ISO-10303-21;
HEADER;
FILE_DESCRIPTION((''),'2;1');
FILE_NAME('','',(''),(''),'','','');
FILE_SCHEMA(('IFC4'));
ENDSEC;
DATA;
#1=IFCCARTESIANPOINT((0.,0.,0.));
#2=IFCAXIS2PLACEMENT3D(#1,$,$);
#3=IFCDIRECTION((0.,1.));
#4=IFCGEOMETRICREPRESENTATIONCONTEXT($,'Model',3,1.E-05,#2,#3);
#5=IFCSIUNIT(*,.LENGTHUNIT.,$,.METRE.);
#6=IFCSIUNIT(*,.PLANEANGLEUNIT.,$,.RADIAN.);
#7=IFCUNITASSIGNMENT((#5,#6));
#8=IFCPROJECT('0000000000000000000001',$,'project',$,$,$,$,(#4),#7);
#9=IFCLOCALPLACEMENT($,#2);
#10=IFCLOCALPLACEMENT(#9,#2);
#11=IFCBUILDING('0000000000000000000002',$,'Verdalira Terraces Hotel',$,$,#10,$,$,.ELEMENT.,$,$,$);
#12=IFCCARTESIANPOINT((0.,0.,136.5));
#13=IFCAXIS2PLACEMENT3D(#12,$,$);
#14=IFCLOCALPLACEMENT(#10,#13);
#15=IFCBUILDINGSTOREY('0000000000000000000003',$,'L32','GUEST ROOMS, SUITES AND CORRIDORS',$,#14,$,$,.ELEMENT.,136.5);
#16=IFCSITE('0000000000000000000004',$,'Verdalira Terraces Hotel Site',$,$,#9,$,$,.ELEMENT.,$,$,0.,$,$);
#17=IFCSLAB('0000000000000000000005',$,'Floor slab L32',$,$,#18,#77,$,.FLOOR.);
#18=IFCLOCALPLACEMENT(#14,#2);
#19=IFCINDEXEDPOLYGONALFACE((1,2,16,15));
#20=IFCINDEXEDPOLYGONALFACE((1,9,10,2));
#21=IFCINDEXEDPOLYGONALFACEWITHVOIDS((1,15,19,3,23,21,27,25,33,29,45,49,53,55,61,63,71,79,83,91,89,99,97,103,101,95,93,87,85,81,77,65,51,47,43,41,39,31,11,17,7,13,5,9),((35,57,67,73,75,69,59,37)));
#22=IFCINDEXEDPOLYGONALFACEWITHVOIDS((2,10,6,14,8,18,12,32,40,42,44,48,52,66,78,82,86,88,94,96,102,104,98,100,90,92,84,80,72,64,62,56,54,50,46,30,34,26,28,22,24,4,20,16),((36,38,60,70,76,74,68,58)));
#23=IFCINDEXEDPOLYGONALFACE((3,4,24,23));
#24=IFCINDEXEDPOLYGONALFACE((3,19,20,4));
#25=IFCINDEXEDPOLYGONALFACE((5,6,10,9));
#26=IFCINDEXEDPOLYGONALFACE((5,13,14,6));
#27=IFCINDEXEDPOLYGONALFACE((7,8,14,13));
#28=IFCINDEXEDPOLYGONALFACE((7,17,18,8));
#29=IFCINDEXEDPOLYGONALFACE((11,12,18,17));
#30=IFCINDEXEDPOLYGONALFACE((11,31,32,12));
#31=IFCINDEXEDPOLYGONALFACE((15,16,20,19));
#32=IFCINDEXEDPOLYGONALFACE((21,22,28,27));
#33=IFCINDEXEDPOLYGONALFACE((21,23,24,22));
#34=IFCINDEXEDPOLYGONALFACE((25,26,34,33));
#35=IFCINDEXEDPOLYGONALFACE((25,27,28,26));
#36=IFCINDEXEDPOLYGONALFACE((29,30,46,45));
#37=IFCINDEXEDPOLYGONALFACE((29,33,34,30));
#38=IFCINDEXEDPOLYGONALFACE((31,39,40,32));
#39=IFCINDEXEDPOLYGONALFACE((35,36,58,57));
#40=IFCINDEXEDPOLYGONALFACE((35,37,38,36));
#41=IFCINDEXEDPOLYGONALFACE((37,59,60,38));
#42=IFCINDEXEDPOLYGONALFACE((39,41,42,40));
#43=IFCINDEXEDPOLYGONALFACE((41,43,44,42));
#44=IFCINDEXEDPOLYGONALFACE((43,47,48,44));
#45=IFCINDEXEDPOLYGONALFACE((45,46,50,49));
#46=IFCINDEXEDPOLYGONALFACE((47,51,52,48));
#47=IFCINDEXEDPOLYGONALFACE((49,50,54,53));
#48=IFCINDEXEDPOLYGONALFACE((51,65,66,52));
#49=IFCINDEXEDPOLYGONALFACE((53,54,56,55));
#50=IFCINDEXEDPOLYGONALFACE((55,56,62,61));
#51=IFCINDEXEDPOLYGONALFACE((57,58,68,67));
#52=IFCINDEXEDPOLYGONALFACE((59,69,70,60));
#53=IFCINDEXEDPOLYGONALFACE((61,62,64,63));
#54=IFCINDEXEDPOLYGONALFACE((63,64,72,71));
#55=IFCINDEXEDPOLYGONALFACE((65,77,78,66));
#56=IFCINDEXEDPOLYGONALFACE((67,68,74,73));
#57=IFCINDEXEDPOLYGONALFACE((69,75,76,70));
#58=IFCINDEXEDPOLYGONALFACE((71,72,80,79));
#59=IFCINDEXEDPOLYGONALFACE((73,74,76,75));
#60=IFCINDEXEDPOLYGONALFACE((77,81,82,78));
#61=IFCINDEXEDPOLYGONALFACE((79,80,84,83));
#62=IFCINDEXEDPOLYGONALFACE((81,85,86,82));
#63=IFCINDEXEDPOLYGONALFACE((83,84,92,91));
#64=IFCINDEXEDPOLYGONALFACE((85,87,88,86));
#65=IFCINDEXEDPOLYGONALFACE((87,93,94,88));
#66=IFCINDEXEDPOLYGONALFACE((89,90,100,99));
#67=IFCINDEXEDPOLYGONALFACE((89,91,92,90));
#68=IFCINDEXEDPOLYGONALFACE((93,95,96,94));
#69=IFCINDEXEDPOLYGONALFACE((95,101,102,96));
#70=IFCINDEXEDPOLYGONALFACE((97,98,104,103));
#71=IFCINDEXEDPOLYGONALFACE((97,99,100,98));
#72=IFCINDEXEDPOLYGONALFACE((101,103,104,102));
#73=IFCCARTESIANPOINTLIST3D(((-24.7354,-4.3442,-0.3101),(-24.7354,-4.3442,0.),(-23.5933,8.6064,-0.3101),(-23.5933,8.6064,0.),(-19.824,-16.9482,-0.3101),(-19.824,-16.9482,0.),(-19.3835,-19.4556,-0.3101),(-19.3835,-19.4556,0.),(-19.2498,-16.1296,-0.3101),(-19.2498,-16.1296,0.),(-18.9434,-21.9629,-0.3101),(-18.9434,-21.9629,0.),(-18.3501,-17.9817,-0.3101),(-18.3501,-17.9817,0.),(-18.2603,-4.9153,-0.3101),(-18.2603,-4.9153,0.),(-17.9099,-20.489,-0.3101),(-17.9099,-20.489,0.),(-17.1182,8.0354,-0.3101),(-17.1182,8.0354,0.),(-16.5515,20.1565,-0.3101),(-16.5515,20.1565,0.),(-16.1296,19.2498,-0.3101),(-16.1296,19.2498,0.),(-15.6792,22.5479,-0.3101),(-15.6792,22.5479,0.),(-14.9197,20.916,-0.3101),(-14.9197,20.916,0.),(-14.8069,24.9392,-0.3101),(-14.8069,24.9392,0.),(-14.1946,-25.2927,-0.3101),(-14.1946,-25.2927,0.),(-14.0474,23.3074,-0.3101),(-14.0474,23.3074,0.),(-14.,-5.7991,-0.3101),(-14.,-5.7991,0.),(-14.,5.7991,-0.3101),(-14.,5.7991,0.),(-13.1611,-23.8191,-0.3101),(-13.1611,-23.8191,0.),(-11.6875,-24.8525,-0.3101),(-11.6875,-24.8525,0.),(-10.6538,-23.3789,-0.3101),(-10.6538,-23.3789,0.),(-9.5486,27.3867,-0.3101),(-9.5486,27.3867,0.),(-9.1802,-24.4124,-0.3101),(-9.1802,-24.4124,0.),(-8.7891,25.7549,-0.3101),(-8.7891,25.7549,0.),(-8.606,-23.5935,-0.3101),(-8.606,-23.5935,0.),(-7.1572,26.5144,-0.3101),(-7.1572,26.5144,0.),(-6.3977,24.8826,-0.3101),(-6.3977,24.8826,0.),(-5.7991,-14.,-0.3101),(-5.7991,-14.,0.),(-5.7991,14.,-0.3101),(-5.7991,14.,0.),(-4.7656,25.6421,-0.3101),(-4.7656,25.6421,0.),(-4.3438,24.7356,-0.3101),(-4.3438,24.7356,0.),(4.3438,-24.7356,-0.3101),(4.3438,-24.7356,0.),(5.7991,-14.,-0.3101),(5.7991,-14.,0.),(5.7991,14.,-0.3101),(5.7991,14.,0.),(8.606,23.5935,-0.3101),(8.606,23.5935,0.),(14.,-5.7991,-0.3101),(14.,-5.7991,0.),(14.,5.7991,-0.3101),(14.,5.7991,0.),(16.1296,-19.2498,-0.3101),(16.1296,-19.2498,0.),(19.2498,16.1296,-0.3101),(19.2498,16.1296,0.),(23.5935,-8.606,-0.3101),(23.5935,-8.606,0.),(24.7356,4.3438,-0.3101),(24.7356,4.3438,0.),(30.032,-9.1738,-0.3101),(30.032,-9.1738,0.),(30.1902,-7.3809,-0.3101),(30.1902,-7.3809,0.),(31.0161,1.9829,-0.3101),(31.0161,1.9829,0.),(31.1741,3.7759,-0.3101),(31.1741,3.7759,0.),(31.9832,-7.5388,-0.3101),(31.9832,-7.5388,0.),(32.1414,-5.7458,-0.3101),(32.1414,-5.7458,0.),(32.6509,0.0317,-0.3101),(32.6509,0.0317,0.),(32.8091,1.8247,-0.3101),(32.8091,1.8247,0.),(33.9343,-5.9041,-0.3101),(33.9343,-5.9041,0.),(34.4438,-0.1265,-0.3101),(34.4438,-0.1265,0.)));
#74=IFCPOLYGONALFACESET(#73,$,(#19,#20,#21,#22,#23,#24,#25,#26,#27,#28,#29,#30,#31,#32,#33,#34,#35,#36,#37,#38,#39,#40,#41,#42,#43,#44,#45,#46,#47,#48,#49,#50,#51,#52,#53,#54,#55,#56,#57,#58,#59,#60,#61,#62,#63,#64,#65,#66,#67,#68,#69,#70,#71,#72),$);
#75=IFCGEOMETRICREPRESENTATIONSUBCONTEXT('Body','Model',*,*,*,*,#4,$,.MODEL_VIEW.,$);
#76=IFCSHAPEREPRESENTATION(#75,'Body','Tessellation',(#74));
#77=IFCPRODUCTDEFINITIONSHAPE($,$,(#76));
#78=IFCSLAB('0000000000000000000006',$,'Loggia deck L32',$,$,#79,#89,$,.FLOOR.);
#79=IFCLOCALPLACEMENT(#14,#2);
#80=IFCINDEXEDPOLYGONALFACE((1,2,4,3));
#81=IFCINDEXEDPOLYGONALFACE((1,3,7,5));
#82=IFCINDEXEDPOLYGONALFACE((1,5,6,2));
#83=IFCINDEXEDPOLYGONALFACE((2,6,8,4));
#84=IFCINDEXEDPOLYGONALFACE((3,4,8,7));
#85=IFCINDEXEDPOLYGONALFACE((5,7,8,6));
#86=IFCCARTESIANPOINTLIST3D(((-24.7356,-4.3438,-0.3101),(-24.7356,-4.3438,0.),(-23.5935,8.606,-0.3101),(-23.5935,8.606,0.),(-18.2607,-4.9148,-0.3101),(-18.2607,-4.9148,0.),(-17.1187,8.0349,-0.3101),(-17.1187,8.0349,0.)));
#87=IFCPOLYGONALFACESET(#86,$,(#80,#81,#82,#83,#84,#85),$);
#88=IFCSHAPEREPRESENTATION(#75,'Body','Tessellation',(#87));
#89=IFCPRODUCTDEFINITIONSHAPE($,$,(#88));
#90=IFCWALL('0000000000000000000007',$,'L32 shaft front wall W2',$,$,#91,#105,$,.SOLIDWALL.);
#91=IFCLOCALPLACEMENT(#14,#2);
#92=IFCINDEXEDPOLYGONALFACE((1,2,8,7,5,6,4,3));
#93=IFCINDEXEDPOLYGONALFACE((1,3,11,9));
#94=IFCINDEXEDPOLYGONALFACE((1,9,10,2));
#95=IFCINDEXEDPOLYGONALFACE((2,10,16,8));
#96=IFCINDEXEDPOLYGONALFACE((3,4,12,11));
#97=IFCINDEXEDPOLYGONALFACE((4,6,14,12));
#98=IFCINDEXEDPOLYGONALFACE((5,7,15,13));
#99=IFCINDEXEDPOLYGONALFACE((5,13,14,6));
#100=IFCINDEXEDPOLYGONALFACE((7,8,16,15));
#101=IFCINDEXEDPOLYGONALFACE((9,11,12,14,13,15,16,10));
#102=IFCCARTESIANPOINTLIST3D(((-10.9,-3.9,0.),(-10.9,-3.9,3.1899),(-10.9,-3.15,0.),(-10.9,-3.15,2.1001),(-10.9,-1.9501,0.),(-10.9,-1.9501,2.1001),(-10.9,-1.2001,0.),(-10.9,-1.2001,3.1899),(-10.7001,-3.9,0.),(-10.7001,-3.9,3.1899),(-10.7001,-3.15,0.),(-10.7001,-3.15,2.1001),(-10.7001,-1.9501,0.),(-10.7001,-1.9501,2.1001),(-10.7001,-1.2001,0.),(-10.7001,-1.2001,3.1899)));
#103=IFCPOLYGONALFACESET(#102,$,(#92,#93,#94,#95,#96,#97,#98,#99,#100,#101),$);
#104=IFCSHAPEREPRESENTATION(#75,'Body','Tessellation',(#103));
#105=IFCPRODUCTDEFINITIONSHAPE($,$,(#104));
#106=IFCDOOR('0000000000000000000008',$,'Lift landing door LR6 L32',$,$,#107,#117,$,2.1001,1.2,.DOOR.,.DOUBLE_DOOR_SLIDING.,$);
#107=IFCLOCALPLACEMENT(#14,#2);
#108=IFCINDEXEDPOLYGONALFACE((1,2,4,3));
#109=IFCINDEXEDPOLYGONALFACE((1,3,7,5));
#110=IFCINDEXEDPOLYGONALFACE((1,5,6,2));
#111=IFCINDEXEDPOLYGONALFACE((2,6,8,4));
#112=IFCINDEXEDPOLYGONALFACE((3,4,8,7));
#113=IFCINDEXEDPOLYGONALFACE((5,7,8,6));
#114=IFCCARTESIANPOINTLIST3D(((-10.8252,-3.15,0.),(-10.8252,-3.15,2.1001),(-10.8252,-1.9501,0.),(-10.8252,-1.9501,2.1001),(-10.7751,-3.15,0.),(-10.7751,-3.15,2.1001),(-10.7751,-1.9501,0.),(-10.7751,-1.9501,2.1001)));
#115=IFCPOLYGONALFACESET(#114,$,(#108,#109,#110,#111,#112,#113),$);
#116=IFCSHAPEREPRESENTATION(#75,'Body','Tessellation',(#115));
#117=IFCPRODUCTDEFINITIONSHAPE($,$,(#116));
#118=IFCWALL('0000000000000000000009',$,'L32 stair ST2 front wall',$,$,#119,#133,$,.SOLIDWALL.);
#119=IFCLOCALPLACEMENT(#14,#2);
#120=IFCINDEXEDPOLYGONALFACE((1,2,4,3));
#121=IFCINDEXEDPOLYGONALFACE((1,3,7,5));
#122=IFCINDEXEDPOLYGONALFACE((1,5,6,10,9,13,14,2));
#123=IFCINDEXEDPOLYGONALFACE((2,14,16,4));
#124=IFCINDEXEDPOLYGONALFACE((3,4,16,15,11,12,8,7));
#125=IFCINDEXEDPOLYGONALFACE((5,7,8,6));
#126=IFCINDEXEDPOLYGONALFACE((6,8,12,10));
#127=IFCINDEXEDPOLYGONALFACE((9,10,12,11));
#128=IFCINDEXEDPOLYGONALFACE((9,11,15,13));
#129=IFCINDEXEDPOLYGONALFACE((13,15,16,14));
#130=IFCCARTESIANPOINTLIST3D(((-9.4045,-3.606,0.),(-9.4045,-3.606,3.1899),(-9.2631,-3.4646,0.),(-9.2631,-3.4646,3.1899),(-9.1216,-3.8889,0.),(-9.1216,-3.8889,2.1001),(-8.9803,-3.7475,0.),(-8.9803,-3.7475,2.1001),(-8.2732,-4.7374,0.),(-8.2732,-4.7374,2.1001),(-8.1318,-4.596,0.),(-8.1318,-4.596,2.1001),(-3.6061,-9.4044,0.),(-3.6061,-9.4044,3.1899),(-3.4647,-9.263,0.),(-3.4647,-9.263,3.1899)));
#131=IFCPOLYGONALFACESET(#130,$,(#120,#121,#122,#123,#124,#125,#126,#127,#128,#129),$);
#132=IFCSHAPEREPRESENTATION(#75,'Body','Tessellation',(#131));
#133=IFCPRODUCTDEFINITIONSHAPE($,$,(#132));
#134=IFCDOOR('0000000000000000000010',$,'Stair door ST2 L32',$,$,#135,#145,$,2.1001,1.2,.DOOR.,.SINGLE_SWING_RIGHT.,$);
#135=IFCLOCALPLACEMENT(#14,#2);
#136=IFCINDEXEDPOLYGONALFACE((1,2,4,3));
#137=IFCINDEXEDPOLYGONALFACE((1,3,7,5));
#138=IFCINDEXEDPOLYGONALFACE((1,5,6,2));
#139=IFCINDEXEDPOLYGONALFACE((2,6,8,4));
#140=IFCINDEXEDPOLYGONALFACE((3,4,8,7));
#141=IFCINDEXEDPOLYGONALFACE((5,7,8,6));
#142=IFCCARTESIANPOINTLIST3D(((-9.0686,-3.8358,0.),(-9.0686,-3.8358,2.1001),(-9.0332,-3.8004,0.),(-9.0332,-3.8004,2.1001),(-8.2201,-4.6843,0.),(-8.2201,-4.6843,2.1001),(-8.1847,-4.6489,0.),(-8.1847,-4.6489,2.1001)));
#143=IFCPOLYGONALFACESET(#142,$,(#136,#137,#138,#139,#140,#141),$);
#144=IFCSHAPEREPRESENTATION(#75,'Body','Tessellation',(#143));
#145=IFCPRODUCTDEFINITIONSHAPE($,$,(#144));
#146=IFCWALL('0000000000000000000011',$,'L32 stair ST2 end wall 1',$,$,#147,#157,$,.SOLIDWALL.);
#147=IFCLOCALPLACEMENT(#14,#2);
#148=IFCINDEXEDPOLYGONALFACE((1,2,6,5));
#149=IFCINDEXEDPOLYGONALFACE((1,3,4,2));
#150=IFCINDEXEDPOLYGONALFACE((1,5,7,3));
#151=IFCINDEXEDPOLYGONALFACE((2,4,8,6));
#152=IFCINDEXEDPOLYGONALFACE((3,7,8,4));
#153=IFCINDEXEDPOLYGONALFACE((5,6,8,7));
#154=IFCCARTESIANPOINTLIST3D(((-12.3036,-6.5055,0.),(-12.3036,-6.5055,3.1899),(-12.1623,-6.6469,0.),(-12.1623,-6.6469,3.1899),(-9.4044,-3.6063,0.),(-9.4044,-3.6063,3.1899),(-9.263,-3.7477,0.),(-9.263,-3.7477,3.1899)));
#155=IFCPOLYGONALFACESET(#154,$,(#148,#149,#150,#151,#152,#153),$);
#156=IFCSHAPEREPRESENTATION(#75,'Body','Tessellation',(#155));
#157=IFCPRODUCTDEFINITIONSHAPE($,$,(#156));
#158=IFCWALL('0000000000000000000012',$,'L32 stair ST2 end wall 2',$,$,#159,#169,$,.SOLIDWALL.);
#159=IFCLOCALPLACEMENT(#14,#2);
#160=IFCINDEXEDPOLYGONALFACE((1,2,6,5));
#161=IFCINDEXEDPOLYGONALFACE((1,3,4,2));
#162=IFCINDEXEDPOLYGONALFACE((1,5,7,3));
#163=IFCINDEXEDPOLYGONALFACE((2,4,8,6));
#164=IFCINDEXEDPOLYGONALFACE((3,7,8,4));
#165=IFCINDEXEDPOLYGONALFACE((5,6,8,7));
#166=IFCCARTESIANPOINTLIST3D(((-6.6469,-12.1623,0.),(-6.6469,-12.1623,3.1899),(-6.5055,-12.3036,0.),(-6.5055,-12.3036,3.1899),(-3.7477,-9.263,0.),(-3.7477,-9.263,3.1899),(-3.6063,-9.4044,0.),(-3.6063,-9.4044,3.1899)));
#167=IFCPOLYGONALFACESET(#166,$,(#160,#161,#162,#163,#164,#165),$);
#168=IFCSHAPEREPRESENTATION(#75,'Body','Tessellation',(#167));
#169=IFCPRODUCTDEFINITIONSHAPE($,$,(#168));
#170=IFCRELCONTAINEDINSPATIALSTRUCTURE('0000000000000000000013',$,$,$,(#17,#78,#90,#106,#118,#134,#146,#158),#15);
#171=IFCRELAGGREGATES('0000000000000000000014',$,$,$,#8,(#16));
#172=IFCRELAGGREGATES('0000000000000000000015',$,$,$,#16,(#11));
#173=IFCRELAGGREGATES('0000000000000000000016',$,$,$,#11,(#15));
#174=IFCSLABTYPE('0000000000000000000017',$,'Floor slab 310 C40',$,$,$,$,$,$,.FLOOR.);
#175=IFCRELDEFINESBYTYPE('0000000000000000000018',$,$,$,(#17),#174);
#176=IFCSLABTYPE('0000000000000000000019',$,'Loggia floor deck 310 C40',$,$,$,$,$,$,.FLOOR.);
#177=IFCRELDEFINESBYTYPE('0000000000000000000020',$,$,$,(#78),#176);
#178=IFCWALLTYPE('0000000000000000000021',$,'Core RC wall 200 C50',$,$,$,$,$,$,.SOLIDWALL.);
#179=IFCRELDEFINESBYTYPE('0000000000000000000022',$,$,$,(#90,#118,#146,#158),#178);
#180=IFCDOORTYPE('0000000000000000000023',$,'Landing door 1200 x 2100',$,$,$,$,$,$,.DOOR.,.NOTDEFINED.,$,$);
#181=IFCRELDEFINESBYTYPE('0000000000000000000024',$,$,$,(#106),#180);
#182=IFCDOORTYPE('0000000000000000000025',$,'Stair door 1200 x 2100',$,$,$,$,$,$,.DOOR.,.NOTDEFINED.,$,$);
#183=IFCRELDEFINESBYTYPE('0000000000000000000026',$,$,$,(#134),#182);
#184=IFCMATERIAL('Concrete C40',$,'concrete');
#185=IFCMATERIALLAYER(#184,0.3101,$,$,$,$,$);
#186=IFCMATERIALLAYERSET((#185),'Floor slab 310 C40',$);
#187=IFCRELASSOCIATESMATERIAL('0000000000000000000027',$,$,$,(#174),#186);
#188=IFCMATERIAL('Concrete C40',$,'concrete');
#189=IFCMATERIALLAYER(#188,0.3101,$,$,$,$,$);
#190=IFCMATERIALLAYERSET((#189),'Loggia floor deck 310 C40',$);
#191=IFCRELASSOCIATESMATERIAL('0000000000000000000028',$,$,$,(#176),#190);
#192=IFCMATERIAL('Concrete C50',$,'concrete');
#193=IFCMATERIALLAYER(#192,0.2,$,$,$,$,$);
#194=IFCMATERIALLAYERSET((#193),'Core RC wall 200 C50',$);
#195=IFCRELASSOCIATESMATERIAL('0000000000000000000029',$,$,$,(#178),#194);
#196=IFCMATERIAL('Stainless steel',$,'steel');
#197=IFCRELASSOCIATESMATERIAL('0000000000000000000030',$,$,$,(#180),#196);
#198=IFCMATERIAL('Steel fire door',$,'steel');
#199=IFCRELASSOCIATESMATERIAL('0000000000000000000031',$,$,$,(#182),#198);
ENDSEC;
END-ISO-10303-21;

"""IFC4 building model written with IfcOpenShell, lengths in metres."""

from ifc_helpers import new_model, si_unit, direction, frame, frame_2d, origin, place, context, subcontext, project, spatial, polyline, rectangle, outline, extrude, material, layer, layer_set, type_object, element, fill, save


model = new_model("IFC4")

# Units and contexts
model_context = context("Model", 3, precision=1e-05, world=origin(), true_north=direction((0.0, 1.0)))
body_context = subcontext(model_context, "Body", "Model", "MODEL_VIEW")
ifc_project = project(units=[si_unit("LENGTHUNIT", "METRE"), si_unit("PLANEANGLEUNIT", "RADIAN")], contexts=[model_context])

# Site, building, storey
site_placement = place(None, origin())
site = spatial("IfcSite", under=ifc_project, at=site_placement, Name="Verdalira Terraces Hotel Site", CompositionType="ELEMENT", RefElevation=0.0)
building_placement = place(site_placement, origin())
building = spatial("IfcBuilding", under=site, at=building_placement, Name="Verdalira Terraces Hotel", CompositionType="ELEMENT")
storey_placement = place(building_placement, frame((0.0, 0.0, 136.5)))
storey = spatial("IfcBuildingStorey", under=building, at=storey_placement, Name="L32", Description="GUEST ROOMS, SUITES AND CORRIDORS", CompositionType="ELEMENT", Elevation=136.5)

# Slabs
ifc_material_1 = material(Name="Concrete C40", Category="concrete")
ifc_layer_1 = layer(ifc_material_1, 0.3101)
ifc_layer_set_1 = layer_set([ifc_layer_1], Name="Floor slab 310 C40")
slab_type_1 = type_object("IfcSlabType", Name="Floor slab 310 C40", PredefinedType="FLOOR", material=ifc_layer_set_1)
slab_1_placement = place(storey_placement, frame((0.0, 0.0, -0.3101)))
element("IfcSlab", 1, at=slab_1_placement, inside=storey, type_object=slab_type_1, Name="Floor slab L32", PredefinedType="FLOOR", context=body_context, shape_type="SweptSolid", body=[
    extrude(outline(polyline([(-16.5515, 20.1565), (-16.1296, 19.2498), (-23.5933, 8.6064), (-17.1182, 8.0354), (-18.2603, -4.9153), (-24.7354, -4.3442), (-19.2498, -16.1296), (-19.824, -16.9482), (-18.3501, -17.9817), (-19.3835, -19.4556), (-17.9099, -20.489), (-18.9434, -21.9629), (-14.1946, -25.2927), (-13.1611, -23.8191), (-11.6875, -24.8525), (-10.6538, -23.3789), (-9.1802, -24.4124), (-8.606, -23.5935), (4.3438, -24.7356), (16.1296, -19.2498), (23.5935, -8.606), (30.032, -9.1738), (30.1902, -7.3809), (31.9832, -7.5388), (32.1414, -5.7458), (33.9343, -5.9041), (34.4438, -0.1265), (32.6509, 0.0317), (32.8091, 1.8247), (31.0161, 1.9829), (31.1741, 3.7759), (24.7356, 4.3438), (19.2498, 16.1296), (8.606, 23.5935), (-4.3438, 24.7356), (-4.7656, 25.6421), (-6.3977, 24.8826), (-7.1572, 26.5144), (-8.7891, 25.7549), (-9.5486, 27.3867), (-14.8069, 24.9392), (-14.0474, 23.3074), (-15.6792, 22.5479), (-14.9197, 20.916), (-16.5515, 20.1565)]), holes=[polyline([(5.7991, 14.0), (14.0, 5.7991), (14.0, -5.7991), (5.7991, -14.0), (-5.7991, -14.0), (-14.0, -5.7991), (-14.0, 5.7991), (-5.7991, 14.0), (5.7991, 14.0)])]), origin(), (0.0, 0.0, 1.0), 0.3101),
])
ifc_material_2 = material(Name="Concrete C40", Category="concrete")
ifc_layer_2 = layer(ifc_material_2, 0.3101)
ifc_layer_set_2 = layer_set([ifc_layer_2], Name="Loggia floor deck 310 C40")
slab_type_2 = type_object("IfcSlabType", Name="Loggia floor deck 310 C40", PredefinedType="FLOOR", material=ifc_layer_set_2)
slab_2_placement = place(storey_placement, frame((0.0, 0.0, -0.3101)))
element("IfcSlab", 2, at=slab_2_placement, inside=storey, type_object=slab_type_2, Name="Loggia deck L32", PredefinedType="FLOOR", context=body_context, shape_type="SweptSolid", body=[
    extrude(outline(polyline([(-17.1187, 8.0349), (-23.5935, 8.606), (-24.7356, -4.3438), (-24.7356, -4.3438), (-18.2607, -4.9148), (-17.1187, 8.0349)])), origin(), (0.0, 0.0, 1.0), 0.3101),
])

# Walls, openings, doors
ifc_material_3 = material(Name="Concrete C50", Category="concrete")
ifc_layer_3 = layer(ifc_material_3, 0.2)
ifc_layer_set_3 = layer_set([ifc_layer_3], Name="Core RC wall 200 C50")
wall_type_1 = type_object("IfcWallType", Name="Core RC wall 200 C50", PredefinedType="SOLIDWALL", material=ifc_layer_set_3)
wall_1_placement = place(storey_placement, frame((-10.8, -1.2, 0.0), z_axis=(0.0, 0.0, 1.0), x_axis=(0.0, -1.0, 0.0)))
wall_1 = element("IfcWall", 3, at=wall_1_placement, inside=storey, type_object=wall_type_1, Name="L32 shaft front wall W2", PredefinedType="SOLIDWALL", context=body_context, shape_type="SweptSolid", body=[
    extrude(rectangle(XDim=2.7, YDim=0.2, at=frame_2d((1.3501, 0.0))), origin(), (0.0, 0.0, 1.0), 3.1899),
])
opening_1_placement = place(wall_1_placement, frame((0.75, 0.0, 0.0)))
opening_1 = element("IfcOpeningElement", 4, at=opening_1_placement, cuts=wall_1, PredefinedType="OPENING", context=body_context, shape_type="SweptSolid", body=[
    extrude(rectangle(XDim=1.2, YDim=2.1001, at=frame_2d((0.6001, 1.05))), frame((0.0, 0.1099, 0.0), z_axis=(0.0, -1.0, 0.0), x_axis=(1.0, 0.0, 0.0)), (0.0, 0.0, 1.0), 0.22),
])
ifc_material_4 = material(Name="Stainless steel", Category="steel")
door_type_1 = type_object("IfcDoorType", Name="Landing door 1200 x 2100", OperationType="NOTDEFINED", PredefinedType="DOOR", material=ifc_material_4)
door_1_placement = place(opening_1_placement, origin())
door_1 = element("IfcDoor", 5, at=door_1_placement, inside=storey, type_object=door_type_1, Name="Lift landing door LR6 L32", OperationType="DOUBLE_DOOR_SLIDING", OverallHeight=2.1001, OverallWidth=1.2, PredefinedType="DOOR", context=body_context, shape_type="SweptSolid", body=[
    extrude(rectangle(XDim=1.2, YDim=2.1001, at=frame_2d((0.6001, 1.05))), frame((0.0, 0.0249, 0.0), z_axis=(0.0, -1.0, 0.0), x_axis=(1.0, 0.0, 0.0)), (0.0, 0.0, 1.0), 0.05),
])
fill(opening_1, door_1)
wall_2_placement = place(storey_placement, frame((-3.5354, -9.3337, 0.0), z_axis=(0.0, 0.0, 1.0), x_axis=(-0.707107, 0.707107, 0.0)))
wall_2 = element("IfcWall", 6, at=wall_2_placement, inside=storey, type_object=wall_type_1, Name="L32 stair ST2 front wall", PredefinedType="SOLIDWALL", context=body_context, shape_type="SweptSolid", body=[
    extrude(rectangle(XDim=8.2002, YDim=0.2, at=frame_2d((4.1001, 0.0))), origin(), (0.0, 0.0, 1.0), 3.1899),
])
opening_2_placement = place(wall_2_placement, frame((6.6001, 0.0, 0.0)))
opening_2 = element("IfcOpeningElement", 7, at=opening_2_placement, cuts=wall_2, PredefinedType="OPENING", context=body_context, shape_type="SweptSolid", body=[
    extrude(rectangle(XDim=1.2, YDim=2.1001, at=frame_2d((0.6001, 1.05))), frame((0.0, 0.1099, 0.0), z_axis=(0.0, -1.0, 0.0), x_axis=(1.0, 0.0, 0.0)), (0.0, 0.0, 1.0), 0.22),
])
ifc_material_5 = material(Name="Steel fire door", Category="steel")
door_type_2 = type_object("IfcDoorType", Name="Stair door 1200 x 2100", OperationType="NOTDEFINED", PredefinedType="DOOR", material=ifc_material_5)
door_2_placement = place(opening_2_placement, origin())
door_2 = element("IfcDoor", 8, at=door_2_placement, inside=storey, type_object=door_type_2, Name="Stair door ST2 L32", OperationType="SINGLE_SWING_RIGHT", OverallHeight=2.1001, OverallWidth=1.2, PredefinedType="DOOR", context=body_context, shape_type="SweptSolid", body=[
    extrude(rectangle(XDim=1.2, YDim=2.1001, at=frame_2d((0.6001, 1.05))), frame((0.0, 0.0249, 0.0), z_axis=(0.0, -1.0, 0.0), x_axis=(1.0, 0.0, 0.0)), (0.0, 0.0, 1.0), 0.05),
])
fill(opening_2, door_2)

# Walls
for number, where, z_axis, x_axis, name in (
    (9, (-9.3337, -3.677, 0.0), (0.0, 0.0, 1.0), (-0.707107, -0.707107, 0.0), "L32 stair ST2 end wall 1"),
    (10, (-3.677, -9.3337, 0.0), (0.0, 0.0, 1.0), (-0.707107, -0.707107, 0.0), "L32 stair ST2 end wall 2"),
):
    element("IfcWall", number, at=place(storey_placement, frame(where, z_axis=z_axis, x_axis=x_axis)), inside=storey, type_object=wall_type_1, Name=name, PredefinedType="SOLIDWALL", context=body_context, shape_type="SweptSolid", body=[
        extrude(rectangle(XDim=4.1001, YDim=0.2, at=frame_2d((2.05, 0.0))), origin(), (0.0, 0.0, 1.0), 3.1899),
    ])

save(model, "model.ifc")
